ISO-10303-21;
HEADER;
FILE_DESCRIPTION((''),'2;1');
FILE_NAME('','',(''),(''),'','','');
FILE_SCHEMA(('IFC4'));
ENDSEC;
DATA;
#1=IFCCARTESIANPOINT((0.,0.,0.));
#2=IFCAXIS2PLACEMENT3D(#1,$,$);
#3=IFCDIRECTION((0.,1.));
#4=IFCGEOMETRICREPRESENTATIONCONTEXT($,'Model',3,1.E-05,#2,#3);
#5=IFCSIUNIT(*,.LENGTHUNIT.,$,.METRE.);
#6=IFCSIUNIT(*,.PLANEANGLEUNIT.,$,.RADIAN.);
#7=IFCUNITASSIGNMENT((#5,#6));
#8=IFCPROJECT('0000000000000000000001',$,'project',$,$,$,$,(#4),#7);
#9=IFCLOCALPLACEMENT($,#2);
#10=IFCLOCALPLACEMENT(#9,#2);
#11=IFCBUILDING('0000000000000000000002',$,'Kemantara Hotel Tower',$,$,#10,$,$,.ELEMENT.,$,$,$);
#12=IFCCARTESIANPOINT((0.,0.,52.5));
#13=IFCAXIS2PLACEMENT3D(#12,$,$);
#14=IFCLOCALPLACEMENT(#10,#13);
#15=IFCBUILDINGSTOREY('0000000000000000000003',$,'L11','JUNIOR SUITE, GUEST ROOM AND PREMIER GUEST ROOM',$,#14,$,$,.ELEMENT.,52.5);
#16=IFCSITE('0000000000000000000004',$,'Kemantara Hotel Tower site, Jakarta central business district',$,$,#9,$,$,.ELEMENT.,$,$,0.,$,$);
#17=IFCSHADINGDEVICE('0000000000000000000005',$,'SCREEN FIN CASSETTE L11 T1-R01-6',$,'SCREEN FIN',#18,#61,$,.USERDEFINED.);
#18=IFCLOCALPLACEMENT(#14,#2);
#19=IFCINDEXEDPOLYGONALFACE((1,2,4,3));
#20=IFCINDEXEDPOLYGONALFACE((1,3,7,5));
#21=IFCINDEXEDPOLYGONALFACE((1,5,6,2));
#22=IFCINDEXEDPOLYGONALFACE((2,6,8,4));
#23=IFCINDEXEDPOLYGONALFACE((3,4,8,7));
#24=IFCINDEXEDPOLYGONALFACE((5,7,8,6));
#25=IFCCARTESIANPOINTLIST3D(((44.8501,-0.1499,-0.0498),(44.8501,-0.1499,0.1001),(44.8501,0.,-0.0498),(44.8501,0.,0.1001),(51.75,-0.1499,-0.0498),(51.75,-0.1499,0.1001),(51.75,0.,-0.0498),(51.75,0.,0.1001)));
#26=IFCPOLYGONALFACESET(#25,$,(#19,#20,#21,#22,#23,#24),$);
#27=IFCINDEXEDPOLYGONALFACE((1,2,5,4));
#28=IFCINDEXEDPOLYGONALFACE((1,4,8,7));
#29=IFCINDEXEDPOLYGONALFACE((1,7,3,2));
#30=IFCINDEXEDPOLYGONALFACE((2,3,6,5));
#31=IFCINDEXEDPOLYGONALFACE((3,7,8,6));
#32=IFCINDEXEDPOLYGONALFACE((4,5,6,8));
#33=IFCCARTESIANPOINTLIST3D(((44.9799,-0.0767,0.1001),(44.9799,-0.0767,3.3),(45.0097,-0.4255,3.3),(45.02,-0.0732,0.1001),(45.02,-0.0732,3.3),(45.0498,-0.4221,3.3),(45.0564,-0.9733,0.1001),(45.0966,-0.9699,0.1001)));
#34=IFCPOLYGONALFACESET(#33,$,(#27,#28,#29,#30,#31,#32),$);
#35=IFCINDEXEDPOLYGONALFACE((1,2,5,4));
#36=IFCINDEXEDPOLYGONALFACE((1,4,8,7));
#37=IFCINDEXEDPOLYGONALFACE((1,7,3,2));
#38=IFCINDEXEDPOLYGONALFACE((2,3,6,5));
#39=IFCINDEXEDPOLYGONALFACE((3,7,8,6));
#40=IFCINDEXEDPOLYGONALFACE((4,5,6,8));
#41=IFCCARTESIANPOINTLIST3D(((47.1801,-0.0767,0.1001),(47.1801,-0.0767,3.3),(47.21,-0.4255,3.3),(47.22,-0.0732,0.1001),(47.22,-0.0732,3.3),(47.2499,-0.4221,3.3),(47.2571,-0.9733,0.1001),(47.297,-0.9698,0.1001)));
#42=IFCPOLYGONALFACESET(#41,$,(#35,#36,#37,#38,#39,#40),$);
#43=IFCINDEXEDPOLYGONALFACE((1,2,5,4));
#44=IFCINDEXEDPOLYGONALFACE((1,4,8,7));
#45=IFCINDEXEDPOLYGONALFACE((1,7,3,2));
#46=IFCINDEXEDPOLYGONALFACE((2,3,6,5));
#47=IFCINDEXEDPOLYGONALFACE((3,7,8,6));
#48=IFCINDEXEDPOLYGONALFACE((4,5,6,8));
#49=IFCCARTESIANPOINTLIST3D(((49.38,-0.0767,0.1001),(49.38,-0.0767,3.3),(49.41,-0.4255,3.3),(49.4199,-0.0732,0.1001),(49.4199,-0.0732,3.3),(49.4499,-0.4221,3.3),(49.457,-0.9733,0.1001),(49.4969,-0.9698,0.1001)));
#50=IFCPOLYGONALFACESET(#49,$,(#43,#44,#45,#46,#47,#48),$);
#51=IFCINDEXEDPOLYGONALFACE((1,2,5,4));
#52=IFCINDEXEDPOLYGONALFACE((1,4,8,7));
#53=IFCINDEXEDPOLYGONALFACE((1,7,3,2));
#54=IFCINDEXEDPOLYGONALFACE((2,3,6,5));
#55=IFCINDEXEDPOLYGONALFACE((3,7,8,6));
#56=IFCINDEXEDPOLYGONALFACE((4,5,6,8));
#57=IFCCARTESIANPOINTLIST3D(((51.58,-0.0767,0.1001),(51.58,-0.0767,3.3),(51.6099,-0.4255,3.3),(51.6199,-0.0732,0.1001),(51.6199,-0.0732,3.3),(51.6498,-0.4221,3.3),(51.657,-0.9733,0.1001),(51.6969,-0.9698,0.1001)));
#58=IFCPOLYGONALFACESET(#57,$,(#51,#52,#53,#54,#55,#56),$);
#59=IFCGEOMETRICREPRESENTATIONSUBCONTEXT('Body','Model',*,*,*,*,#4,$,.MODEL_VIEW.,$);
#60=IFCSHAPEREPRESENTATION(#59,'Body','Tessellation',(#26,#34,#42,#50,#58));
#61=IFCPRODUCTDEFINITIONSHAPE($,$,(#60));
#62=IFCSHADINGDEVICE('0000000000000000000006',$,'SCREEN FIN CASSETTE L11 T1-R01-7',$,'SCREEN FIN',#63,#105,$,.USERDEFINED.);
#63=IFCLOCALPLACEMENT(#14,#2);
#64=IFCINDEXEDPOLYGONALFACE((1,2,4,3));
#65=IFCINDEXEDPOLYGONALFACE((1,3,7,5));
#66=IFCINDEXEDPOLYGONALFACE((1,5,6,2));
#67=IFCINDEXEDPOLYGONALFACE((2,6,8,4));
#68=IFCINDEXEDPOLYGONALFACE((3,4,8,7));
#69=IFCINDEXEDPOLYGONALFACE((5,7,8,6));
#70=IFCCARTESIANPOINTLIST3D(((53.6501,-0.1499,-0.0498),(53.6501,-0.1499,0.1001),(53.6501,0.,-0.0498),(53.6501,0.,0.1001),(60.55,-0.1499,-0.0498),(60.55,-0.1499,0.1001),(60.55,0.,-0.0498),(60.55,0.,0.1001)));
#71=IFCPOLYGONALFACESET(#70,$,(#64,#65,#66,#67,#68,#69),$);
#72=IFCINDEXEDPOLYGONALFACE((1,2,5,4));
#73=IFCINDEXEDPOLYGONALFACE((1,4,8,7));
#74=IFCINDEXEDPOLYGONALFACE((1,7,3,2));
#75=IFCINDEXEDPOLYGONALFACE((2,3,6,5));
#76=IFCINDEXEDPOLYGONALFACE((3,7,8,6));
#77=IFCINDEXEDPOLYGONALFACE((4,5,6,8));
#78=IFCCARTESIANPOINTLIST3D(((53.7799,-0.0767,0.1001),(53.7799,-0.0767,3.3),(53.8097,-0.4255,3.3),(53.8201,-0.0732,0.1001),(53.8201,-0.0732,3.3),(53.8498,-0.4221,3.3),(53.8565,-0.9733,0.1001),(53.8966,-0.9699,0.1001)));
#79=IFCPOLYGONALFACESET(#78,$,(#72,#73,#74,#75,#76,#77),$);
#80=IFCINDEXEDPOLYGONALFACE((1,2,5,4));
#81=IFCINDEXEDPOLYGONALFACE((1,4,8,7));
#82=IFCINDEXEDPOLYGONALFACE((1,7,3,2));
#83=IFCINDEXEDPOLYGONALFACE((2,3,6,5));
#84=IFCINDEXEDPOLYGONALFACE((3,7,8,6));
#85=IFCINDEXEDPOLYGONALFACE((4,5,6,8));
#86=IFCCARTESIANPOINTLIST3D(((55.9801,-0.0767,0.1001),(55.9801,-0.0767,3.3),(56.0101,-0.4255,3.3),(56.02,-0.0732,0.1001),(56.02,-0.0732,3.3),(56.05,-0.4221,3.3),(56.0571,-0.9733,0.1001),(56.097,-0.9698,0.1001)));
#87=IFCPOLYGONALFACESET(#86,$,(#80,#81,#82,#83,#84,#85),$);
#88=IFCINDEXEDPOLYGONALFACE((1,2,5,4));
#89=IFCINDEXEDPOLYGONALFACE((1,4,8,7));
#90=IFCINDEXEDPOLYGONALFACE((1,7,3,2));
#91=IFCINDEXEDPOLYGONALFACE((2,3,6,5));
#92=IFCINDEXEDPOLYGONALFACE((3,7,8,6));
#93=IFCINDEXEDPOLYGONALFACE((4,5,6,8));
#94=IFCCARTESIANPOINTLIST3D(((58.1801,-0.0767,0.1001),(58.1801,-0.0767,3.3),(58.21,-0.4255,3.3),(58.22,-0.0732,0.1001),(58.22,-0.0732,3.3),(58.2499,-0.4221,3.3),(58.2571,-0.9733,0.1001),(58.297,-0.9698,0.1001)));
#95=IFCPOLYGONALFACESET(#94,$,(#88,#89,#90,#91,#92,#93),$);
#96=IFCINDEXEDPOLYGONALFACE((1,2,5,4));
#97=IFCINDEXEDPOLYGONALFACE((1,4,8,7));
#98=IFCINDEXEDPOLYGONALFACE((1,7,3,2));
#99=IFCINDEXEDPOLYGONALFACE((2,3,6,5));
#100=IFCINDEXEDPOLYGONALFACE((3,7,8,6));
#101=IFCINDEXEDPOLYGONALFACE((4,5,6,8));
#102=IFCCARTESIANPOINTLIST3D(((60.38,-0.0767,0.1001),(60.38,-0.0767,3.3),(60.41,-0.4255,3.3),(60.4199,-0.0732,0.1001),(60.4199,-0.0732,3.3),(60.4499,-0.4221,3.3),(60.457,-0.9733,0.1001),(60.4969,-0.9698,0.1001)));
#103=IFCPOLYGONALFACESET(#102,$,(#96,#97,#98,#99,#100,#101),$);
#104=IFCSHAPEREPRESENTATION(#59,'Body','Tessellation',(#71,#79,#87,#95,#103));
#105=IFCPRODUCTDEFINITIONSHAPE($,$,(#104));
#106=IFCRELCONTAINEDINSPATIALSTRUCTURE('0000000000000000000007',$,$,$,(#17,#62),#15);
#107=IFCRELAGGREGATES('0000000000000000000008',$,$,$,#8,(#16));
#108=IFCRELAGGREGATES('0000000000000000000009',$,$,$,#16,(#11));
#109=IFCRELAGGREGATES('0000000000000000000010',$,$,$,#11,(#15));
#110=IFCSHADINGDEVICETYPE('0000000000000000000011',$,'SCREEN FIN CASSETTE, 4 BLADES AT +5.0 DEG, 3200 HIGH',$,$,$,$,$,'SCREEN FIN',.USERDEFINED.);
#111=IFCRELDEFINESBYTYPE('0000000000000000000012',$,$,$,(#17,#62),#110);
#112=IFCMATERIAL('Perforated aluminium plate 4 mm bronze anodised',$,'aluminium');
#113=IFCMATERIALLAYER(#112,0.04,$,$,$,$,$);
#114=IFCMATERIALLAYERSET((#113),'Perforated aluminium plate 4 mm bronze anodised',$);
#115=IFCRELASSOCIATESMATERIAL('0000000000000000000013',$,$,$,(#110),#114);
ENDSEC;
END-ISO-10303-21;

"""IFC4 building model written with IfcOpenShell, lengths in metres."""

from ifc_helpers import new_model, si_unit, direction, frame, origin, origin_2d, place, context, subcontext, project, spatial, polyline, rectangle, outline, extrude, source, transform, mapped, material, layer, layer_set, type_object, element, save


model = new_model("IFC4")

# Units and contexts
model_context = context("Model", 3, precision=1e-05, world=origin(), true_north=direction((0.0, 1.0)))
body_context = subcontext(model_context, "Body", "Model", "MODEL_VIEW")
ifc_project = project(units=[si_unit("LENGTHUNIT", "METRE"), si_unit("PLANEANGLEUNIT", "RADIAN")], contexts=[model_context])

# Site, building, storey
site_placement = place(None, origin())
site = spatial("IfcSite", under=ifc_project, at=site_placement, Name="Kemantara Hotel Tower site, Jakarta central business district", CompositionType="ELEMENT", RefElevation=0.0)
building_placement = place(site_placement, origin())
building = spatial("IfcBuilding", under=site, at=building_placement, Name="Kemantara Hotel Tower", CompositionType="ELEMENT")
storey_placement = place(building_placement, frame((0.0, 0.0, 52.5)))
storey = spatial("IfcBuildingStorey", under=building, at=storey_placement, Name="L11", Description="JUNIOR SUITE, GUEST ROOM AND PREMIER GUEST ROOM", CompositionType="ELEMENT", Elevation=52.5)

# Shading devices
ifc_material_1 = material(Name="Perforated aluminium plate 4 mm bronze anodised", Category="aluminium")
ifc_layer_1 = layer(ifc_material_1, 0.04)
ifc_layer_set_1 = layer_set([ifc_layer_1], Name="Perforated aluminium plate 4 mm bronze anodised")
shading_device_type = type_object("IfcShadingDeviceType", Name="SCREEN FIN CASSETTE, 4 BLADES AT +5.0 DEG, 3200 HIGH", ElementType="SCREEN FIN", PredefinedType="USERDEFINED", material=ifc_layer_set_1)
shared_shape = source(origin(), body_context, "Body", "SweptSolid", [
    extrude(rectangle(XDim=6.8999, YDim=0.1499, at=origin_2d()), frame((3.3, -0.075, -0.1499), z_axis=(0.0, 0.0, 1.0), x_axis=(1.0, 0.0, 0.0)), (0.0, 0.0, 1.0), 0.1499),
    extrude(outline(polyline([(0.0, 0.0), (0.8999, 0.0), (0.3501, 3.2), (0.0, 3.2), (0.0, 0.0)])), frame((0.02, -0.0732, 0.0), z_axis=(-0.996376, -0.085056, 0.0), x_axis=(0.085056, -0.996376, 0.0)), (0.0, 0.0, 1.0), 0.0403),
    extrude(outline(polyline([(0.0, 0.0), (0.8999, 0.0), (0.3501, 3.2), (0.0, 3.2), (0.0, 0.0)])), frame((2.22, -0.0732, 0.0), z_axis=(-0.996332, -0.085575, 0.0), x_axis=(0.085575, -0.996332, 0.0)), (0.0, 0.0, 1.0), 0.04),
    extrude(outline(polyline([(0.0, 0.0), (0.8999, 0.0), (0.3501, 3.2), (0.0, 3.2), (0.0, 0.0)])), frame((4.4199, -0.0732, 0.0), z_axis=(-0.996332, -0.085575, 0.0), x_axis=(0.085575, -0.996332, 0.0)), (0.0, 0.0, 1.0), 0.04),
    extrude(outline(polyline([(0.0, 0.0), (0.8999, 0.0), (0.3501, 3.2), (0.0, 3.2), (0.0, 0.0)])), frame((6.6199, -0.0732, 0.0), z_axis=(-0.996332, -0.085575, 0.0), x_axis=(0.085575, -0.996332, 0.0)), (0.0, 0.0, 1.0), 0.04),
])
for number, where, z_axis, x_axis, name in (
    (1, (45.0, 0.0, 0.1001), (0.0, 0.0, 1.0), (1.0, 0.0, 0.0), "SCREEN FIN CASSETTE L11 T1-R01-6"),
    (2, (53.8, 0.0, 0.1001), (0.0, 0.0, 1.0), (1.0, 0.0, 0.0), "SCREEN FIN CASSETTE L11 T1-R01-7"),
):
    element("IfcShadingDevice", number, at=place(storey_placement, frame(where, z_axis=z_axis, x_axis=x_axis)), inside=storey, type_object=shading_device_type, Name=name, ObjectType="SCREEN FIN", PredefinedType="USERDEFINED", context=body_context, shape_type="MappedRepresentation", body=[
        mapped(shared_shape, transform((0.0, 0.0, 0.0))),
    ])

save(model, "model.ifc")
